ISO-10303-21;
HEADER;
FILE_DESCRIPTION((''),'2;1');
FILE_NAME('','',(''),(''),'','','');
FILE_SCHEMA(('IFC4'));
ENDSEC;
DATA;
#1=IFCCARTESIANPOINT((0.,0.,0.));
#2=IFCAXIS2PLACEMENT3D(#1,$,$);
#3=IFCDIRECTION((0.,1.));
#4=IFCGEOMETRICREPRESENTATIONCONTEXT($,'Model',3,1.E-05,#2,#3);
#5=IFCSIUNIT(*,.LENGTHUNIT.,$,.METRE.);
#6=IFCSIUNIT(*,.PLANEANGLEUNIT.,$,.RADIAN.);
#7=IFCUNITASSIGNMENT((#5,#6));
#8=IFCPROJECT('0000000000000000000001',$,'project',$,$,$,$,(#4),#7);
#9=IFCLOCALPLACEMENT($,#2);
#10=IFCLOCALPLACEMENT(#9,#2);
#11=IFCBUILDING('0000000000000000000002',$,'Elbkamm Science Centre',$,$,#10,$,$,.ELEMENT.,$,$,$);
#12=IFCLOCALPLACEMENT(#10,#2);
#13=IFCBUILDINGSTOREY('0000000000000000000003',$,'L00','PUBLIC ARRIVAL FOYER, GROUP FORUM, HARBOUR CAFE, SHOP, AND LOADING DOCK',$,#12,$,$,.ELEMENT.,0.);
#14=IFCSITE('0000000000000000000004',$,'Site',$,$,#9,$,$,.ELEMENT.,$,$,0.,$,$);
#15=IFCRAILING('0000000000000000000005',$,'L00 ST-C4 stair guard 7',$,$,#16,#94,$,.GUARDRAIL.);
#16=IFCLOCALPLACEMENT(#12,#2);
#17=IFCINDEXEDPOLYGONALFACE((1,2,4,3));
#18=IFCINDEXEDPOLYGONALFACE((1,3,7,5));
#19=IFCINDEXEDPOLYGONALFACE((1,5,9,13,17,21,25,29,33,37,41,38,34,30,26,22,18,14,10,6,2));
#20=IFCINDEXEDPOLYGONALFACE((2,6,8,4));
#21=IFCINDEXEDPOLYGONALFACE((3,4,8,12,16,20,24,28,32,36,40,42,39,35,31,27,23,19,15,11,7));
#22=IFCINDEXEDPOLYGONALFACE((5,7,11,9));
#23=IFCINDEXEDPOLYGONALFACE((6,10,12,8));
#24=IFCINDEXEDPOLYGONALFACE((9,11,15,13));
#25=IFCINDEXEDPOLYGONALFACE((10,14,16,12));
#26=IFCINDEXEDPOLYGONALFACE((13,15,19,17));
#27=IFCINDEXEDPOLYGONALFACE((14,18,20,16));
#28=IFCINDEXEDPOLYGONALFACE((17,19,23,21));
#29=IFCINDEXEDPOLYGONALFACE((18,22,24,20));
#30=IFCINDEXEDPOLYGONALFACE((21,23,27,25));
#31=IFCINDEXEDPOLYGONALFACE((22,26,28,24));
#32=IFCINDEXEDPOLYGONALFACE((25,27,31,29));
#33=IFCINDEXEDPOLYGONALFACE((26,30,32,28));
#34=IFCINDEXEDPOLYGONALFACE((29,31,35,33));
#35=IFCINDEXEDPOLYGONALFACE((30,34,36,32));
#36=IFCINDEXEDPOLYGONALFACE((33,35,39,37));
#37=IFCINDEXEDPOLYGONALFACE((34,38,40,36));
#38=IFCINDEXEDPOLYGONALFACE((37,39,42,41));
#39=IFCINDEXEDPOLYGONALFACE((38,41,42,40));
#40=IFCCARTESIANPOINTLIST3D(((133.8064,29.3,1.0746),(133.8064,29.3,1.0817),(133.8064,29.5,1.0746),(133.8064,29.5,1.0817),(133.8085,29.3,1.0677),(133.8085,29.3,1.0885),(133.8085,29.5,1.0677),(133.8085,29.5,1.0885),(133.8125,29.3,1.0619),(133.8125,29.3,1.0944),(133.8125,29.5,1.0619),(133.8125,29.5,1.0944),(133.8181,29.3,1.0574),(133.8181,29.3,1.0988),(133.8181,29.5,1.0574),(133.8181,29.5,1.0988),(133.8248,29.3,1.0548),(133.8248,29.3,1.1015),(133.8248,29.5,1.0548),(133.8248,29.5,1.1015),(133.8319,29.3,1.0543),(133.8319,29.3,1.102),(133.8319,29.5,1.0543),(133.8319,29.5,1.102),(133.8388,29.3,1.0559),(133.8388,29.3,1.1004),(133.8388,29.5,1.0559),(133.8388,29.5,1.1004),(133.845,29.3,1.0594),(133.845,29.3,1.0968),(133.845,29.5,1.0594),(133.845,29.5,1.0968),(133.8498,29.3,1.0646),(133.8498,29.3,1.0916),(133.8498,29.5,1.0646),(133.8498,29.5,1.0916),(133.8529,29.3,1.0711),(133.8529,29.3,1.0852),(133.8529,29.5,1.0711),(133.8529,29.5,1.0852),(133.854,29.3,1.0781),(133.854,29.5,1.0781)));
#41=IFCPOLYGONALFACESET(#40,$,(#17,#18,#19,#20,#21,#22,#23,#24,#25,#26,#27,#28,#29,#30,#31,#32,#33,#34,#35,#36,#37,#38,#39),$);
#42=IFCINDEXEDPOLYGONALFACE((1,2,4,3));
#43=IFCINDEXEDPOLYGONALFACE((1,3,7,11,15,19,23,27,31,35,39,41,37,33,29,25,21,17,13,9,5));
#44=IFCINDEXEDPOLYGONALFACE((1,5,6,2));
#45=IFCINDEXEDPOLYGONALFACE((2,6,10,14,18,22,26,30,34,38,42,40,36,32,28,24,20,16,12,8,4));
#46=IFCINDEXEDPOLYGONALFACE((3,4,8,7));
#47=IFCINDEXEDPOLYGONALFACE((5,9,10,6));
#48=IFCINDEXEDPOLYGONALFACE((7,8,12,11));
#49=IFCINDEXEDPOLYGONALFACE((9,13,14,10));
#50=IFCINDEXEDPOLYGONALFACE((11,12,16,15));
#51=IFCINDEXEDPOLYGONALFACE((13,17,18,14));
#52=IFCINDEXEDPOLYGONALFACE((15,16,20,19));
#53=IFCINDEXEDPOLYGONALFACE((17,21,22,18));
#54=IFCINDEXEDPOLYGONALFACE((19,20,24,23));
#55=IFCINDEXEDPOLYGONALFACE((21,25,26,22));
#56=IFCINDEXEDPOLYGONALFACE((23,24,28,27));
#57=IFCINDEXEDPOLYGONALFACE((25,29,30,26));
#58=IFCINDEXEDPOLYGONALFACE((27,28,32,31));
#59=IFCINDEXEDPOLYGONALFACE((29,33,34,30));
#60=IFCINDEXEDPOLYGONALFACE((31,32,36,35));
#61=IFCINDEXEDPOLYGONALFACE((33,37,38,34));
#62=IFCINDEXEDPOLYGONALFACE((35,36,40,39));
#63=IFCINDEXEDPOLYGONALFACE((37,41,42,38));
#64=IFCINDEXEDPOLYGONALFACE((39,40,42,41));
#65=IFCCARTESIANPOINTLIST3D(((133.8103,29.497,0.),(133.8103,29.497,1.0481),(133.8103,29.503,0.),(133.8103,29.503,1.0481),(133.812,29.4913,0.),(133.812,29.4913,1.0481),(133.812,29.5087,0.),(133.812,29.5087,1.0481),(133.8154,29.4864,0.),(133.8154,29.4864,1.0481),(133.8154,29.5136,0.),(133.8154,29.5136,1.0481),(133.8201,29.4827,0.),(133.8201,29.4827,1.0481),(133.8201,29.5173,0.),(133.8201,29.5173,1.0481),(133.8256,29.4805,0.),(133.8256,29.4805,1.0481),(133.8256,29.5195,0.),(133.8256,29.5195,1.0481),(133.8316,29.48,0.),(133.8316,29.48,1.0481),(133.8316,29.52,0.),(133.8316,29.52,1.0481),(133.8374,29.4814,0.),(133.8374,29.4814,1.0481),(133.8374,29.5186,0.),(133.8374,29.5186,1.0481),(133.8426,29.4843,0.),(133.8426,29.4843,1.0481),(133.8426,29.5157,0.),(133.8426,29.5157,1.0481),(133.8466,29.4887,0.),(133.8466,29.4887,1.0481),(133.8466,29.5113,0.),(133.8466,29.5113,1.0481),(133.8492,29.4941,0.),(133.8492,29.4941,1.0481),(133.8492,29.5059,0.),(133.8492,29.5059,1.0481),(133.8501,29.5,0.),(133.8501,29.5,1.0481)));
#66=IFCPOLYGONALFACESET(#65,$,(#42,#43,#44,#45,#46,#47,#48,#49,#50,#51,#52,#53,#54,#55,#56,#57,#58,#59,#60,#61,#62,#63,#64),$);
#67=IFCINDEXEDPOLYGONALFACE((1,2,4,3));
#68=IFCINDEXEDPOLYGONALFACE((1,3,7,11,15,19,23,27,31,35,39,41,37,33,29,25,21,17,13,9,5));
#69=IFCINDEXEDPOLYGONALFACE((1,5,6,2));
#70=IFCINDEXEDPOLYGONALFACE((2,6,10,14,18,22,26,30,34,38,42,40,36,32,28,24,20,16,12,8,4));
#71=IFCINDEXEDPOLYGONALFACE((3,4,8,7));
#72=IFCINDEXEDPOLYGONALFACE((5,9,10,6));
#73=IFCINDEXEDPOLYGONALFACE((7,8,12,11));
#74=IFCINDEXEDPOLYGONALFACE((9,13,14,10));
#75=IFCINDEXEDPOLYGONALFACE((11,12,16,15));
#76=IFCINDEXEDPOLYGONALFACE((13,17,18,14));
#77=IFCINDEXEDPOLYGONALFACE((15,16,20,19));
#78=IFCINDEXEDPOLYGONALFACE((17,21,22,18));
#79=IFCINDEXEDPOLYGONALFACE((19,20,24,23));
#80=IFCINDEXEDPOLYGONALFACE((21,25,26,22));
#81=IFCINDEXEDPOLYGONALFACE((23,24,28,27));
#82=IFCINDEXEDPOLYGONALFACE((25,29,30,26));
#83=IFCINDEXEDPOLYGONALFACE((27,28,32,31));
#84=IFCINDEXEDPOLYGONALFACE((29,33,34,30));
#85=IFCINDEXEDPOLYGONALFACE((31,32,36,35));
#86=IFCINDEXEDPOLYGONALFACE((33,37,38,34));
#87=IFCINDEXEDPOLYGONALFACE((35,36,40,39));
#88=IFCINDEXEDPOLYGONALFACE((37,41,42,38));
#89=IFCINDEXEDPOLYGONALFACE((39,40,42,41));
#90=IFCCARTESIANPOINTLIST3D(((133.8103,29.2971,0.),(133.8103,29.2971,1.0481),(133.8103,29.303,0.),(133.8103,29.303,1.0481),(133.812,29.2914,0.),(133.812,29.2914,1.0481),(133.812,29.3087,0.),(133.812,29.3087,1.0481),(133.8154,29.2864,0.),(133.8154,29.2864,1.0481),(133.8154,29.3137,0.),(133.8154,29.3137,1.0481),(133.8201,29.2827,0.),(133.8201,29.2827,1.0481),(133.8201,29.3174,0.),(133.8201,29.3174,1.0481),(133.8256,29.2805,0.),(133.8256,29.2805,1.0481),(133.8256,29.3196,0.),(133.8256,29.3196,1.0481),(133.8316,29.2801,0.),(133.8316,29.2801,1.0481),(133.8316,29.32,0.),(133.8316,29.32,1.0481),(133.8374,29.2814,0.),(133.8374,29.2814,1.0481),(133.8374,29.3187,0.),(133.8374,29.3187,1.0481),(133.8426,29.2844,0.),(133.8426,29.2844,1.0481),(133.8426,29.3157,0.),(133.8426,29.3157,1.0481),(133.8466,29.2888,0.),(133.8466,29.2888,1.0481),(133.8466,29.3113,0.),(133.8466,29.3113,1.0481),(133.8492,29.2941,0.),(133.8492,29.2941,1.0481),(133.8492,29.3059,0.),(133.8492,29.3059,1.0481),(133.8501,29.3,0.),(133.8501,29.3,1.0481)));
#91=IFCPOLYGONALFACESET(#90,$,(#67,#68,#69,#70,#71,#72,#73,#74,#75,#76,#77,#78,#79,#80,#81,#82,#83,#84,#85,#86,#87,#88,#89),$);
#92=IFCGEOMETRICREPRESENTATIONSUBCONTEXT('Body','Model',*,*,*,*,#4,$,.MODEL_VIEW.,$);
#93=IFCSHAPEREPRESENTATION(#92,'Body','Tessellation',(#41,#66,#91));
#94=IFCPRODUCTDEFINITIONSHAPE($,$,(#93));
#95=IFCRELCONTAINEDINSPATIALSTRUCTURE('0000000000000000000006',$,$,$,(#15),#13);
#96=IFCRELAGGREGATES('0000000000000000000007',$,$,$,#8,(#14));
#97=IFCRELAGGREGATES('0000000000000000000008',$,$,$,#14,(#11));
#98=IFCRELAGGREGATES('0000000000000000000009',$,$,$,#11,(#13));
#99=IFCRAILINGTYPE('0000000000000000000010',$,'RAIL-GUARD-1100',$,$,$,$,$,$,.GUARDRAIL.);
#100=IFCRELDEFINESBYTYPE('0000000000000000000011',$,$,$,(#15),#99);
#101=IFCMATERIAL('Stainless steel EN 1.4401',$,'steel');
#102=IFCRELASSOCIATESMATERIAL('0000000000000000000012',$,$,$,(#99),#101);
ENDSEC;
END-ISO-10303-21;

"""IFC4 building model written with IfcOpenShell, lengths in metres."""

from ifc_helpers import new_model, si_unit, direction, frame, origin, origin_2d, place, context, subcontext, project, spatial, circle, extrude, material, type_object, element, save


model = new_model("IFC4")

# Units and contexts
model_context = context("Model", 3, precision=1e-05, world=origin(), true_north=direction((0.0, 1.0)))
body_context = subcontext(model_context, "Body", "Model", "MODEL_VIEW")
ifc_project = project(units=[si_unit("LENGTHUNIT", "METRE"), si_unit("PLANEANGLEUNIT", "RADIAN")], contexts=[model_context])

# Site, building, storey
site_placement = place(None, origin())
site = spatial("IfcSite", under=ifc_project, at=site_placement, Name="Site", CompositionType="ELEMENT", RefElevation=0.0)
building_placement = place(site_placement, origin())
building = spatial("IfcBuilding", under=site, at=building_placement, Name="Elbkamm Science Centre", CompositionType="ELEMENT")
storey_placement = place(building_placement, origin())
storey = spatial("IfcBuildingStorey", under=building, at=storey_placement, Name="L00", Description="PUBLIC ARRIVAL FOYER, GROUP FORUM, HARBOUR CAFE, SHOP, AND LOADING DOCK", CompositionType="ELEMENT", Elevation=0.0)

# Railing
ifc_material_1 = material(Name="Stainless steel EN 1.4401", Category="steel")
railing_type_1 = type_object("IfcRailingType", Name="RAIL-GUARD-1100", PredefinedType="GUARDRAIL", material=ifc_material_1)
railing_1_placement = place(storey_placement, frame((133.8301, 29.5, 0.0)))
element("IfcRailing", 1, at=railing_1_placement, inside=storey, type_object=railing_type_1, Name="L00 ST-C4 stair guard 7", PredefinedType="GUARDRAIL", context=body_context, shape_type="SweptSolid", body=[
    extrude(circle(Radius=0.0239, at=origin_2d()), frame((0.0, 0.0, 1.0781), z_axis=(0.0, -1.0, 0.0), x_axis=(1.0, 0.0, 0.0)), (0.0, 0.0, 1.0), 0.2),
    extrude(circle(Radius=0.02, at=origin_2d()), origin(), (0.0, 0.0, 1.0), 1.0481),
    extrude(circle(Radius=0.02, at=origin_2d()), frame((0.0, -0.2, 0.0)), (0.0, 0.0, 1.0), 1.0481),
])

save(model, "model.ifc")
